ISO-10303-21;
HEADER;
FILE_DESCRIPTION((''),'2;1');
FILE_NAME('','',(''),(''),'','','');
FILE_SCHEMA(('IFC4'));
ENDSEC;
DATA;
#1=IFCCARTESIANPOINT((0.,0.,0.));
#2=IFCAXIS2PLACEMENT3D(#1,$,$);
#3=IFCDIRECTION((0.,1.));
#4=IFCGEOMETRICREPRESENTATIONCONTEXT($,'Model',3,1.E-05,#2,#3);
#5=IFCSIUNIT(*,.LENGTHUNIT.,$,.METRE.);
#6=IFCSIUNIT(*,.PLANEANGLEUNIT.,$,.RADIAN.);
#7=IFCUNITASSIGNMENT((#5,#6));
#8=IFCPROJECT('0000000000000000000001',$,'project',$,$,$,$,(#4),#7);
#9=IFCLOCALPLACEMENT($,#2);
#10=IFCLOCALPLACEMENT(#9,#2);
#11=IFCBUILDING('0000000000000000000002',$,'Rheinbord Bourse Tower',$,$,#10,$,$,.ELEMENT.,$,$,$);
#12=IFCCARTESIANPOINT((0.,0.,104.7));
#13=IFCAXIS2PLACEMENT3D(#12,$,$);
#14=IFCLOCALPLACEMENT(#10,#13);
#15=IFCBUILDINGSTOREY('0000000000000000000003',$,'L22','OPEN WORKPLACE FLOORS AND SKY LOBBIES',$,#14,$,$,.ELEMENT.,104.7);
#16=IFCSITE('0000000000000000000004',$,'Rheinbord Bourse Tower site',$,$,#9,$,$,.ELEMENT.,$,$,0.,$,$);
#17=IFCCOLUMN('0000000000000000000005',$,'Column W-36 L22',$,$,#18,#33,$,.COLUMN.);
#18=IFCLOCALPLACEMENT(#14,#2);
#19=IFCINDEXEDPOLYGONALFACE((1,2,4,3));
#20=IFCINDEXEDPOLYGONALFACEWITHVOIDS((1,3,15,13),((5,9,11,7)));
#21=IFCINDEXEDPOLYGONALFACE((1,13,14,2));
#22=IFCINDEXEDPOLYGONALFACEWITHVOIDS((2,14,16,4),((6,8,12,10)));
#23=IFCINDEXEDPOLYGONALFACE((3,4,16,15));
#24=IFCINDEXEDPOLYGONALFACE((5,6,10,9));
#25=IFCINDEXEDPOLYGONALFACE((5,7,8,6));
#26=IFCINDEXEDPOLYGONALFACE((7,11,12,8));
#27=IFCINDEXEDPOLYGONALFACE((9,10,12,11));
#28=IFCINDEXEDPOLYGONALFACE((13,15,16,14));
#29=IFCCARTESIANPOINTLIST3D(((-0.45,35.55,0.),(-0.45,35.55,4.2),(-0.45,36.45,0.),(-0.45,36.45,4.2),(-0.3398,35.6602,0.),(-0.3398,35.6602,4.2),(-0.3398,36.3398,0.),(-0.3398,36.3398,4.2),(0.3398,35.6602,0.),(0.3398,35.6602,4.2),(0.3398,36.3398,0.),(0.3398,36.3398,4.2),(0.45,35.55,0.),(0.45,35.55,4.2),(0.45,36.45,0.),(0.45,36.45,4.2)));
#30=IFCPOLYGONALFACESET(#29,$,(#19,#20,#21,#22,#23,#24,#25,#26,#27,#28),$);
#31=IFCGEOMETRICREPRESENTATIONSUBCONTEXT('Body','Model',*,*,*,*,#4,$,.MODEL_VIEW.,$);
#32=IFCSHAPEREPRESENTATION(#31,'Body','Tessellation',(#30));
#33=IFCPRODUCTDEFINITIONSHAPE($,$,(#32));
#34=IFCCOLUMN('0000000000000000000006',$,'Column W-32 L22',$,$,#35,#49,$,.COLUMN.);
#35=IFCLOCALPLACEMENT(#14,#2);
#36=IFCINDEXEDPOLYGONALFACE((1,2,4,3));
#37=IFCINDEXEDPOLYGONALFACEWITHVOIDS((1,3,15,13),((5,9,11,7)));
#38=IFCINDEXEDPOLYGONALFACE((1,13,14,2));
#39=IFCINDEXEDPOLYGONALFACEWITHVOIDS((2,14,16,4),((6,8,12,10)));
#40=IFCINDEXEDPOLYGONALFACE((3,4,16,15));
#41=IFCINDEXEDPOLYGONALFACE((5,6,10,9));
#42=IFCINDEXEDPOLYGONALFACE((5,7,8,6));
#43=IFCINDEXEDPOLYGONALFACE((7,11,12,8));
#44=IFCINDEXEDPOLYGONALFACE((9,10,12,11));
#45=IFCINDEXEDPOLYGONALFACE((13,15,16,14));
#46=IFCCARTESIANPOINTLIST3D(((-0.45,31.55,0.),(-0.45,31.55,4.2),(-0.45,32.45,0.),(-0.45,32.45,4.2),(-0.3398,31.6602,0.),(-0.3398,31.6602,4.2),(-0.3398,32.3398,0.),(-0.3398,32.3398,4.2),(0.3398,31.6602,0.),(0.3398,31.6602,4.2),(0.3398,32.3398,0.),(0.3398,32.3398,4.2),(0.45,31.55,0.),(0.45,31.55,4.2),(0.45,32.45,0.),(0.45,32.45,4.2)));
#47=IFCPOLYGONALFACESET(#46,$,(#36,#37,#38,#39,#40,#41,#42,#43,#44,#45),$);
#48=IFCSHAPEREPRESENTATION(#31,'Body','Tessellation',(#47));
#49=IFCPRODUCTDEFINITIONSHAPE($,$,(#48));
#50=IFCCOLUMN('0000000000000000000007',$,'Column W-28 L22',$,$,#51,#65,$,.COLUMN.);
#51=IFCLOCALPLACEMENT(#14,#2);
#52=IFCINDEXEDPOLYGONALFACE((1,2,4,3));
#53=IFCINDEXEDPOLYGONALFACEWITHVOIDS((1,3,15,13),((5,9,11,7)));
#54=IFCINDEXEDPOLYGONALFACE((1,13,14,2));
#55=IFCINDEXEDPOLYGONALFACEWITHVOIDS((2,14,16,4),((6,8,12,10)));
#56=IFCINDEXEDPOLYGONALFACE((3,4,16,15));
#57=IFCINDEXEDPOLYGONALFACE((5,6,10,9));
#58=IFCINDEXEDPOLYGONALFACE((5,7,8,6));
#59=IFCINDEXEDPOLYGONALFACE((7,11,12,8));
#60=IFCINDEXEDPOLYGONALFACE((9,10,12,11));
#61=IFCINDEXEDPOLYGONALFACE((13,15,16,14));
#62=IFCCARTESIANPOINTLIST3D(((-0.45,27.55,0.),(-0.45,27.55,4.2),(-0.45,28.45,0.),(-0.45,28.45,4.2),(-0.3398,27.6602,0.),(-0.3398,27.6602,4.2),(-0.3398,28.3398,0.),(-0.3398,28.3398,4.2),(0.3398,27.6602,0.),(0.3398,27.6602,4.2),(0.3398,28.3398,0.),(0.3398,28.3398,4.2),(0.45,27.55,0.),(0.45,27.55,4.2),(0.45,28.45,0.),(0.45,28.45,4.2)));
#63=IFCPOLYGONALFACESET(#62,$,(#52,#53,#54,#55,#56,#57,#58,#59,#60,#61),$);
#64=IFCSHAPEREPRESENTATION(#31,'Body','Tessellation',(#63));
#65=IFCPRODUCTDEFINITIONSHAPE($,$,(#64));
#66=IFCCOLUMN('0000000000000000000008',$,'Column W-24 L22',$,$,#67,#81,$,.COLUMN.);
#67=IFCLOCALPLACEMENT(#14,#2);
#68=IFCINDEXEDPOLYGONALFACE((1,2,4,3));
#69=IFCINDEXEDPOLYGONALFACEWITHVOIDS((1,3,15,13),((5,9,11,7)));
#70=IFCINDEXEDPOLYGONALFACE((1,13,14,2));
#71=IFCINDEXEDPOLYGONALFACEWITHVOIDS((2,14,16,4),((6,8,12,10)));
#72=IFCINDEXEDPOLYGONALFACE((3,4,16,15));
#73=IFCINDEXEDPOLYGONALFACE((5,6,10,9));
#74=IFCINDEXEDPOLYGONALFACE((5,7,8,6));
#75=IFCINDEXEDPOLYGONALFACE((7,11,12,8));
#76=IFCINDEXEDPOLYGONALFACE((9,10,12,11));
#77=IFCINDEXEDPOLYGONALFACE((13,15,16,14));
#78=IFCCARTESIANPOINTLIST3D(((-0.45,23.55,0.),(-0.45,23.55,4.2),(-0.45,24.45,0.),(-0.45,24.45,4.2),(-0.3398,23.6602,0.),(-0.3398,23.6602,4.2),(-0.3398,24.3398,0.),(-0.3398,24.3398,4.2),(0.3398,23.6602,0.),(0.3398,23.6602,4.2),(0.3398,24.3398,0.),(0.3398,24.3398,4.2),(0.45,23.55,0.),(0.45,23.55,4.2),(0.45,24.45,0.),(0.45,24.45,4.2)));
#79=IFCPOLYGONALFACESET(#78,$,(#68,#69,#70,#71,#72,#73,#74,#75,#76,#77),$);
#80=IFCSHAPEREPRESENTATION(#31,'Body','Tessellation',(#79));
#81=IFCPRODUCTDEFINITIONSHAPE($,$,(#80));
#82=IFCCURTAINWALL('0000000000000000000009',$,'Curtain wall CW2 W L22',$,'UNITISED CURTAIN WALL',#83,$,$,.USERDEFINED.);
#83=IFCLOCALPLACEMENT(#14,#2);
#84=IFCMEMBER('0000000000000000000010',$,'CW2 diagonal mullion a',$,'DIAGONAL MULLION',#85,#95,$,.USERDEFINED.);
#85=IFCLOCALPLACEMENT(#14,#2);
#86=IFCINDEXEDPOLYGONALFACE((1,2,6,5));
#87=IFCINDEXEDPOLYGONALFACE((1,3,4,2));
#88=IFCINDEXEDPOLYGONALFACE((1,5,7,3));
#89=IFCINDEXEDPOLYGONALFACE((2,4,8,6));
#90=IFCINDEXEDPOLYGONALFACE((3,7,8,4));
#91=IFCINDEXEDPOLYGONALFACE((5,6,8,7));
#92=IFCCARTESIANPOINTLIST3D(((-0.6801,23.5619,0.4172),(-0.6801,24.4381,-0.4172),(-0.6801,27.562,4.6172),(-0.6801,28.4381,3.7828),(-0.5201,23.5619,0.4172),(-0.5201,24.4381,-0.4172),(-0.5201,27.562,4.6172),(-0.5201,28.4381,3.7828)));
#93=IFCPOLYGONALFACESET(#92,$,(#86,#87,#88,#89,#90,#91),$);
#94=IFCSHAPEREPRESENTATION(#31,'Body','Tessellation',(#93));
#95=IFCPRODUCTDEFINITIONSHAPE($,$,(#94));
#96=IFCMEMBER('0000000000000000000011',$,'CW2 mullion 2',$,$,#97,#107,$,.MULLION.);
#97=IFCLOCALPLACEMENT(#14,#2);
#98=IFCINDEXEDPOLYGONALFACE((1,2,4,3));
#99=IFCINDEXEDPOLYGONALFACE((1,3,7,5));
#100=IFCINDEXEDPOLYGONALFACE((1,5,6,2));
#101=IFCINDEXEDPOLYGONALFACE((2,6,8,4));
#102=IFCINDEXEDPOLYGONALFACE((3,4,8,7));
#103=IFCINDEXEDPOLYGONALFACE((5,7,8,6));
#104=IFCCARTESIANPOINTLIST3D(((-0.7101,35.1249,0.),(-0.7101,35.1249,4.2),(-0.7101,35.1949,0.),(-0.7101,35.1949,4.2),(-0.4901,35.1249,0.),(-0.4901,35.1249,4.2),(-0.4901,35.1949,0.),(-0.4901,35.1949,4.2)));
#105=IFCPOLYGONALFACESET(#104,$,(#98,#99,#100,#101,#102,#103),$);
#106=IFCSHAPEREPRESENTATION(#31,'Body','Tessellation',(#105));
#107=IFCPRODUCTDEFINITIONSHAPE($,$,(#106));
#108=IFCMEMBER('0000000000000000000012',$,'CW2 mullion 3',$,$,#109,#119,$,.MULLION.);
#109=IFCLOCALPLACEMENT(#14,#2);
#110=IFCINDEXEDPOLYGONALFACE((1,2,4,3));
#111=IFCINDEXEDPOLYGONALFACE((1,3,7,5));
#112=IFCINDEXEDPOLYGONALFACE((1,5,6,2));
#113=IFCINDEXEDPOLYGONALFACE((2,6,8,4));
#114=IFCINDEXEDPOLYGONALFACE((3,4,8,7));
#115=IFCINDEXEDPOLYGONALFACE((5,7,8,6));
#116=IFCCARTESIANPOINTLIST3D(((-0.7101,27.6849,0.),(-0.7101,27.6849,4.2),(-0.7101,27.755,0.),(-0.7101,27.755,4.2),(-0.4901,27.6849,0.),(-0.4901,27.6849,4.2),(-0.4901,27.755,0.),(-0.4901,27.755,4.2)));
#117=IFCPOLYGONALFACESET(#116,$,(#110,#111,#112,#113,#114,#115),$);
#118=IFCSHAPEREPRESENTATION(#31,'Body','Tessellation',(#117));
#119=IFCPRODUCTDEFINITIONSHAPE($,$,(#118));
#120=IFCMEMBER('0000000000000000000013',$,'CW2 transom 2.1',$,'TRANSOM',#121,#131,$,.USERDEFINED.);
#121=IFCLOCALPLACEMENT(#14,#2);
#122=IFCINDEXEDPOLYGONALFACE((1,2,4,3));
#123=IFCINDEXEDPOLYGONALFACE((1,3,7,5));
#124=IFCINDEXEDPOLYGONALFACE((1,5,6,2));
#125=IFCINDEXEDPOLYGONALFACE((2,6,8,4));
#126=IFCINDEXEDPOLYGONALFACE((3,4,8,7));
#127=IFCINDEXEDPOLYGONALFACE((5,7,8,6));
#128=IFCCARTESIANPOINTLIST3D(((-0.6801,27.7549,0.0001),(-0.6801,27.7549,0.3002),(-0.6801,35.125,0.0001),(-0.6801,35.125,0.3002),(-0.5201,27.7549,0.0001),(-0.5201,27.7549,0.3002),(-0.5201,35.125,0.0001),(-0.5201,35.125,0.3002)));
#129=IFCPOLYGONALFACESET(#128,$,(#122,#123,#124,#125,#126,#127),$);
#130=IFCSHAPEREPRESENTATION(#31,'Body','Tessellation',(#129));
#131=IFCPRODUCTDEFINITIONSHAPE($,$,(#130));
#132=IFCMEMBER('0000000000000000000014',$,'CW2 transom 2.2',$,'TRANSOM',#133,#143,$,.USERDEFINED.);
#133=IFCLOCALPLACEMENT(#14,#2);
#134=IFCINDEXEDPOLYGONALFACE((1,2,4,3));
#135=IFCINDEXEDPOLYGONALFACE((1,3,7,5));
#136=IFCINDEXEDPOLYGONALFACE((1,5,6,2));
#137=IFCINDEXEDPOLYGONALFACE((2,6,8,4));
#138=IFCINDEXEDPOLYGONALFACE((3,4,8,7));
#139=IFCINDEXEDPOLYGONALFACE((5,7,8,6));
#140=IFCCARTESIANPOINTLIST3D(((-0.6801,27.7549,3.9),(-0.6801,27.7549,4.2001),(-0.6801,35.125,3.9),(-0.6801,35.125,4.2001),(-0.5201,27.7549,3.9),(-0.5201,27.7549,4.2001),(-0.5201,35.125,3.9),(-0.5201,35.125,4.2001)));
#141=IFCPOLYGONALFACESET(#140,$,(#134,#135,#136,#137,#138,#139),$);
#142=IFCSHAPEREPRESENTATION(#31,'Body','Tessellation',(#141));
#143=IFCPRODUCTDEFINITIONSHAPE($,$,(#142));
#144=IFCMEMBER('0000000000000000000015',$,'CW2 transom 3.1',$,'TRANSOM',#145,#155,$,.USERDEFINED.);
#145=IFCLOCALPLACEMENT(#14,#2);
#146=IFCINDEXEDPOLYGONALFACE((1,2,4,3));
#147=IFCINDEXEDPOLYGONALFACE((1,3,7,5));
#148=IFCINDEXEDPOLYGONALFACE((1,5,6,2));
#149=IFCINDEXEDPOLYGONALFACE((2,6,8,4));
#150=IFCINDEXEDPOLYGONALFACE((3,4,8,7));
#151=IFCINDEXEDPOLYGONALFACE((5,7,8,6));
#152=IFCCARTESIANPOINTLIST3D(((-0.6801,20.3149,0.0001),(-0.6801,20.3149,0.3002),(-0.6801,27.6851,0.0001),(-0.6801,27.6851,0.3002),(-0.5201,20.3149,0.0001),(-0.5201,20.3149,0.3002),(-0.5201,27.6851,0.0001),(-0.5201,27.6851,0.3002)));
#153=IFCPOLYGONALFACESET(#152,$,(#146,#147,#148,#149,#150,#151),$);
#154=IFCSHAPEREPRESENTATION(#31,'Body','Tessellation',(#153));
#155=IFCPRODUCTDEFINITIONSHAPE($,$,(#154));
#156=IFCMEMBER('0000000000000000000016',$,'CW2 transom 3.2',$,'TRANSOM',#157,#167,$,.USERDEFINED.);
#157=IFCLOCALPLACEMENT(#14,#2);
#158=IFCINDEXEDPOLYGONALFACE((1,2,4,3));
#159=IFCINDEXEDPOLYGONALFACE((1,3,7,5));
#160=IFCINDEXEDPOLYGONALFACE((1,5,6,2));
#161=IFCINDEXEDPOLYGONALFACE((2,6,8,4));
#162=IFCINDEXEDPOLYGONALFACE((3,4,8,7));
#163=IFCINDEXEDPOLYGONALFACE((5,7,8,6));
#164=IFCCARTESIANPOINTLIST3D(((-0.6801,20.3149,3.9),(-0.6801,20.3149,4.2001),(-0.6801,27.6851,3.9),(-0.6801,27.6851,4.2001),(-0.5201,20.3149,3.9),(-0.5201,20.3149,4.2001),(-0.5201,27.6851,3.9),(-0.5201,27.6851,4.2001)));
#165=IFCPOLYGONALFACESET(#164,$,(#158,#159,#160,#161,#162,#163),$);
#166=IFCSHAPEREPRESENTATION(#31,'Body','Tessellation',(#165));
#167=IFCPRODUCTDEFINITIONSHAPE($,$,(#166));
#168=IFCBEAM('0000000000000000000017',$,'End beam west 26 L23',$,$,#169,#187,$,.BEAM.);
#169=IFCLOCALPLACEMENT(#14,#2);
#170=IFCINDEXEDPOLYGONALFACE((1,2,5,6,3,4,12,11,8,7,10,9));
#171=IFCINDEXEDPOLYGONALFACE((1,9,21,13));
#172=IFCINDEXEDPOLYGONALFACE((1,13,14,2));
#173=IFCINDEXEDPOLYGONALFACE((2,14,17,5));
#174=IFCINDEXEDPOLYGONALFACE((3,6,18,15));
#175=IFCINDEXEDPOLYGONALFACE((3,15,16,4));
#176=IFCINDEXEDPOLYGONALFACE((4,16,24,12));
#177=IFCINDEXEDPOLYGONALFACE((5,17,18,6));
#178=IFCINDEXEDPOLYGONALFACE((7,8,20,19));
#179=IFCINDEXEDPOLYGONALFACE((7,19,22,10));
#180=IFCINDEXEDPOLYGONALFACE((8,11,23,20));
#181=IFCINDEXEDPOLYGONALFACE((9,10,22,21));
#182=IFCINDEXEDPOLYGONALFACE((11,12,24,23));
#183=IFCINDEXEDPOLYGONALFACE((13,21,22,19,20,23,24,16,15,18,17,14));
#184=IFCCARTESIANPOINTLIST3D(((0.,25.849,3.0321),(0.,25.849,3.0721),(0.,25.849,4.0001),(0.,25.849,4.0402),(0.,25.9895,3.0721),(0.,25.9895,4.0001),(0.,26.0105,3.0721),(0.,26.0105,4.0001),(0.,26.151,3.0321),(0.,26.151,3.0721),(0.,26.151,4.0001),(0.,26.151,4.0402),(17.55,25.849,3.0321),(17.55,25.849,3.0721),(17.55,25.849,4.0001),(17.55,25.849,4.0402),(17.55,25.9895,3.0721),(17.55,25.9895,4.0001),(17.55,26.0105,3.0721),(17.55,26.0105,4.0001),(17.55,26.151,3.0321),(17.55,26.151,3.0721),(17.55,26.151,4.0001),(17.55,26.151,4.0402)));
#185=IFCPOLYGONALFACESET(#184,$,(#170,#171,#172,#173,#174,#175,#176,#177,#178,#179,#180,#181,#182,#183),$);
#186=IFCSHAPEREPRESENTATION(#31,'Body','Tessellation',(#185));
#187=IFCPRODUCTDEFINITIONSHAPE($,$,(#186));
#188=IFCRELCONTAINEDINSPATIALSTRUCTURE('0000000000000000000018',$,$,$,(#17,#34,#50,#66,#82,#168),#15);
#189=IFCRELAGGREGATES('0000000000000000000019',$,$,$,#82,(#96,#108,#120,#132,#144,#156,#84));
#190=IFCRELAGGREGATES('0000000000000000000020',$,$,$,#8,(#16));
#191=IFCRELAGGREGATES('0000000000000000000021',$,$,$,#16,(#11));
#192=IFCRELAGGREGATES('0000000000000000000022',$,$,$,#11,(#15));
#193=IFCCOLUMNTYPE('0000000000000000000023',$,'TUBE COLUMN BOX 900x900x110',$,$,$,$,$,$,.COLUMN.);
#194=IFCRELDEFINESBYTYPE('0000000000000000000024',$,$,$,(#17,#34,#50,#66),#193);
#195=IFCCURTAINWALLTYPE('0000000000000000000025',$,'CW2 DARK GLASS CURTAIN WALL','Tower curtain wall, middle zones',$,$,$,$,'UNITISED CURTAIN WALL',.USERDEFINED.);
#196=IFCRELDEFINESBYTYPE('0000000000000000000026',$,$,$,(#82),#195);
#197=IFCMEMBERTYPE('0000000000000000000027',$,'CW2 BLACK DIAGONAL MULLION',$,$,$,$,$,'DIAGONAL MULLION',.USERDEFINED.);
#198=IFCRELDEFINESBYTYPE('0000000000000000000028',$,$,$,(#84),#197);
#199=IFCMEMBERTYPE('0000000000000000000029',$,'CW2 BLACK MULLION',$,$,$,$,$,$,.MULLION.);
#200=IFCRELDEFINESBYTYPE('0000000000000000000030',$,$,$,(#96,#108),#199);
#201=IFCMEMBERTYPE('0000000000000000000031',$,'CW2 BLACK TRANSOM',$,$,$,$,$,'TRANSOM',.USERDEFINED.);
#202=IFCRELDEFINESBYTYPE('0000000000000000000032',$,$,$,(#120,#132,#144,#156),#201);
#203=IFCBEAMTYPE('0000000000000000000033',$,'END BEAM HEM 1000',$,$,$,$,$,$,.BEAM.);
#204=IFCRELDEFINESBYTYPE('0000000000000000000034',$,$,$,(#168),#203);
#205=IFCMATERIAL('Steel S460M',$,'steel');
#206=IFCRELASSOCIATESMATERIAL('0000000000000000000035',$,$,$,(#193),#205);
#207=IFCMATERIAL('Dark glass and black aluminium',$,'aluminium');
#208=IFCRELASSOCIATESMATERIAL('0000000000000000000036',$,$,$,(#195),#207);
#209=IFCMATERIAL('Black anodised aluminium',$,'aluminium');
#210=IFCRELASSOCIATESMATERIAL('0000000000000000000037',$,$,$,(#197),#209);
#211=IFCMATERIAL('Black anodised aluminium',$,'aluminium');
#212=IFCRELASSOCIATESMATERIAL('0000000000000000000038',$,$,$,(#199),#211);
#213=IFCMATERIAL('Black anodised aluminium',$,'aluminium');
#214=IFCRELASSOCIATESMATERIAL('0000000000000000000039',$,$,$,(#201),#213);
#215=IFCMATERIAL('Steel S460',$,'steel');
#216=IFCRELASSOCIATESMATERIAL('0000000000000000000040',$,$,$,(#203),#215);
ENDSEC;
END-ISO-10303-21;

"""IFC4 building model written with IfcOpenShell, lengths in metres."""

from ifc_helpers import new_model, si_unit, direction, frame, origin, origin_2d, place, context, subcontext, project, spatial, rectangle, hollow_rectangle, i_section, extrude, material, material_profile, profile_set, type_object, element, aggregate, save


model = new_model("IFC4")

# Units and contexts
model_context = context("Model", 3, precision=1e-05, world=origin(), true_north=direction((0.0, 1.0)))
body_context = subcontext(model_context, "Body", "Model", "MODEL_VIEW")
ifc_project = project(units=[si_unit("LENGTHUNIT", "METRE"), si_unit("PLANEANGLEUNIT", "RADIAN")], contexts=[model_context])

# Site, building, storey
site_placement = place(None, origin())
site = spatial("IfcSite", under=ifc_project, at=site_placement, Name="Rheinbord Bourse Tower site", CompositionType="ELEMENT", RefElevation=0.0)
building_placement = place(site_placement, origin())
building = spatial("IfcBuilding", under=site, at=building_placement, Name="Rheinbord Bourse Tower", CompositionType="ELEMENT")
storey_placement = place(building_placement, frame((0.0, 0.0, 104.7)))
storey = spatial("IfcBuildingStorey", under=building, at=storey_placement, Name="L22", Description="OPEN WORKPLACE FLOORS AND SKY LOBBIES", CompositionType="ELEMENT", Elevation=104.7)

# Columns
ifc_material_1 = material(Name="Steel S460M", Category="steel")
ifc_material_profile_1 = material_profile(ifc_material_1, hollow_rectangle(XDim=0.8999, YDim=0.8999, WallThickness=0.1101, at=origin_2d()), Name="BOX 900x900x110")
ifc_profile_set_1 = profile_set([ifc_material_profile_1], Name="Steel S460M")
column_type = type_object("IfcColumnType", Name="TUBE COLUMN BOX 900x900x110", PredefinedType="COLUMN", material=ifc_profile_set_1)
for number, where, z_axis, x_axis, name in (
    (1, (0.0, 36.0, 0.0), (0.0, 0.0, 1.0), (1.0, 0.0, 0.0), "Column W-36 L22"),
    (2, (0.0, 32.0, 0.0), (0.0, 0.0, 1.0), (1.0, 0.0, 0.0), "Column W-32 L22"),
    (3, (0.0, 28.0, 0.0), (0.0, 0.0, 1.0), (1.0, 0.0, 0.0), "Column W-28 L22"),
    (4, (0.0, 24.0, 0.0), (0.0, 0.0, 1.0), (1.0, 0.0, 0.0), "Column W-24 L22"),
):
    element("IfcColumn", number, at=place(storey_placement, frame(where, z_axis=z_axis, x_axis=x_axis)), inside=storey, type_object=column_type, Name=name, PredefinedType="COLUMN", context=body_context, shape_type="SweptSolid", body=[
        extrude(hollow_rectangle(XDim=0.8999, YDim=0.8999, WallThickness=0.1101, at=origin_2d()), origin(), (0.0, 0.0, 1.0), 4.2),
    ])

# Curtain wall, members
ifc_material_2 = material(Name="Dark glass and black aluminium", Category="aluminium")
curtain_wall_type = type_object("IfcCurtainWallType", Name="CW2 DARK GLASS CURTAIN WALL", Description="Tower curtain wall, middle zones", ElementType="UNITISED CURTAIN WALL", PredefinedType="USERDEFINED", material=ifc_material_2)
curtain_wall_placement = place(storey_placement, origin())
curtain_wall = element("IfcCurtainWall", 5, at=curtain_wall_placement, inside=storey, type_object=curtain_wall_type, Name="Curtain wall CW2 W L22", ObjectType="UNITISED CURTAIN WALL", PredefinedType="USERDEFINED")
ifc_material_3 = material(Name="Black anodised aluminium", Category="aluminium")
ifc_material_profile_2 = material_profile(ifc_material_3, rectangle(XDim=0.1599, YDim=1.21, at=origin_2d()), Name="CW2 DIAGONAL MULLION 1210x160")
ifc_profile_set_2 = profile_set([ifc_material_profile_2], Name="Black anodised aluminium")
member_type_1 = type_object("IfcMemberType", Name="CW2 BLACK DIAGONAL MULLION", ElementType="DIAGONAL MULLION", PredefinedType="USERDEFINED", material=ifc_profile_set_2)
member_1_placement = place(storey_placement, frame((-0.6001, 24.0, 0.0), z_axis=(0.0, 0.689659, 0.724134), x_axis=(-1.0, 0.0, 0.0)))
member_1 = element("IfcMember", 6, at=member_1_placement, type_object=member_type_1, Name="CW2 diagonal mullion a", ObjectType="DIAGONAL MULLION", PredefinedType="USERDEFINED", context=body_context, shape_type="SweptSolid", body=[
    extrude(rectangle(XDim=0.1599, YDim=1.21, at=origin_2d()), origin(), (0.0, 0.0, 1.0), 5.8),
])
ifc_material_4 = material(Name="Black anodised aluminium", Category="aluminium")
ifc_material_profile_3 = material_profile(ifc_material_4, rectangle(XDim=0.22, YDim=0.0701, at=origin_2d()), Name="CW2 MULLION 70x220")
ifc_profile_set_3 = profile_set([ifc_material_profile_3], Name="Black anodised aluminium")
member_type_2 = type_object("IfcMemberType", Name="CW2 BLACK MULLION", PredefinedType="MULLION", material=ifc_profile_set_3)
member_2_placement = place(storey_placement, frame((-0.6001, 35.1599, 0.0), z_axis=(0.0, 0.0, 1.0), x_axis=(1.0, 0.0, 0.0)))
member_2 = element("IfcMember", 7, at=member_2_placement, type_object=member_type_2, Name="CW2 mullion 2", PredefinedType="MULLION", context=body_context, shape_type="SweptSolid", body=[
    extrude(rectangle(XDim=0.22, YDim=0.0701, at=origin_2d()), origin(), (0.0, 0.0, 1.0), 4.2),
])
member_3_placement = place(storey_placement, frame((-0.6001, 27.72, 0.0), z_axis=(0.0, 0.0, 1.0), x_axis=(1.0, 0.0, 0.0)))
member_3 = element("IfcMember", 8, at=member_3_placement, type_object=member_type_2, Name="CW2 mullion 3", PredefinedType="MULLION", context=body_context, shape_type="SweptSolid", body=[
    extrude(rectangle(XDim=0.22, YDim=0.0701, at=origin_2d()), origin(), (0.0, 0.0, 1.0), 4.2),
])
ifc_material_5 = material(Name="Black anodised aluminium", Category="aluminium")
ifc_material_profile_4 = material_profile(ifc_material_5, rectangle(XDim=0.1599, YDim=0.3, at=origin_2d()), Name="CW2 TRANSOM 300x160")
ifc_profile_set_4 = profile_set([ifc_material_profile_4], Name="Black anodised aluminium")
member_type_3 = type_object("IfcMemberType", Name="CW2 BLACK TRANSOM", ElementType="TRANSOM", PredefinedType="USERDEFINED", material=ifc_profile_set_4)
member_4_placement = place(storey_placement, frame((-0.6001, 35.125, 0.1501), z_axis=(0.0, -1.0, 0.0), x_axis=(1.0, 0.0, 0.0)))
member_4 = element("IfcMember", 9, at=member_4_placement, type_object=member_type_3, Name="CW2 transom 2.1", ObjectType="TRANSOM", PredefinedType="USERDEFINED", context=body_context, shape_type="SweptSolid", body=[
    extrude(rectangle(XDim=0.1599, YDim=0.3, at=origin_2d()), origin(), (0.0, 0.0, 1.0), 7.3701),
])
member_5_placement = place(storey_placement, frame((-0.6001, 35.125, 4.05), z_axis=(0.0, -1.0, 0.0), x_axis=(1.0, 0.0, 0.0)))
member_5 = element("IfcMember", 10, at=member_5_placement, type_object=member_type_3, Name="CW2 transom 2.2", ObjectType="TRANSOM", PredefinedType="USERDEFINED", context=body_context, shape_type="SweptSolid", body=[
    extrude(rectangle(XDim=0.1599, YDim=0.3, at=origin_2d()), origin(), (0.0, 0.0, 1.0), 7.3701),
])
member_6_placement = place(storey_placement, frame((-0.6001, 27.6851, 0.1501), z_axis=(0.0, -1.0, 0.0), x_axis=(1.0, 0.0, 0.0)))
member_6 = element("IfcMember", 11, at=member_6_placement, type_object=member_type_3, Name="CW2 transom 3.1", ObjectType="TRANSOM", PredefinedType="USERDEFINED", context=body_context, shape_type="SweptSolid", body=[
    extrude(rectangle(XDim=0.1599, YDim=0.3, at=origin_2d()), origin(), (0.0, 0.0, 1.0), 7.3701),
])
member_7_placement = place(storey_placement, frame((-0.6001, 27.6851, 4.05), z_axis=(0.0, -1.0, 0.0), x_axis=(1.0, 0.0, 0.0)))
member_7 = element("IfcMember", 12, at=member_7_placement, type_object=member_type_3, Name="CW2 transom 3.2", ObjectType="TRANSOM", PredefinedType="USERDEFINED", context=body_context, shape_type="SweptSolid", body=[
    extrude(rectangle(XDim=0.1599, YDim=0.3, at=origin_2d()), origin(), (0.0, 0.0, 1.0), 7.3701),
])

# Beam
ifc_material_6 = material(Name="Steel S460", Category="steel")
ifc_material_profile_5 = material_profile(ifc_material_6, i_section(OverallWidth=0.302, OverallDepth=1.0081, WebThickness=0.021, FlangeThickness=0.04, at=origin_2d()), Name="HEM 1000")
ifc_profile_set_5 = profile_set([ifc_material_profile_5], Name="Steel S460")
beam_type_1 = type_object("IfcBeamType", Name="END BEAM HEM 1000", PredefinedType="BEAM", material=ifc_profile_set_5)
for number, where, z_axis, x_axis, name in (
    (13, (0.0, 26.0, 3.5361), (1.0, 0.0, 0.0), (0.0, 1.0, 0.0), "End beam west 26 L23"),
):
    element("IfcBeam", number, at=place(storey_placement, frame(where, z_axis=z_axis, x_axis=x_axis)), inside=storey, type_object=beam_type_1, Name=name, PredefinedType="BEAM", context=body_context, shape_type="SweptSolid", body=[
        extrude(i_section(OverallWidth=0.302, OverallDepth=1.0081, WebThickness=0.021, FlangeThickness=0.04, at=origin_2d()), origin(), (0.0, 0.0, 1.0), 17.55),
    ])

aggregate(curtain_wall, [member_2, member_3, member_4, member_5, member_6, member_7, member_1])

save(model, "model.ifc")
